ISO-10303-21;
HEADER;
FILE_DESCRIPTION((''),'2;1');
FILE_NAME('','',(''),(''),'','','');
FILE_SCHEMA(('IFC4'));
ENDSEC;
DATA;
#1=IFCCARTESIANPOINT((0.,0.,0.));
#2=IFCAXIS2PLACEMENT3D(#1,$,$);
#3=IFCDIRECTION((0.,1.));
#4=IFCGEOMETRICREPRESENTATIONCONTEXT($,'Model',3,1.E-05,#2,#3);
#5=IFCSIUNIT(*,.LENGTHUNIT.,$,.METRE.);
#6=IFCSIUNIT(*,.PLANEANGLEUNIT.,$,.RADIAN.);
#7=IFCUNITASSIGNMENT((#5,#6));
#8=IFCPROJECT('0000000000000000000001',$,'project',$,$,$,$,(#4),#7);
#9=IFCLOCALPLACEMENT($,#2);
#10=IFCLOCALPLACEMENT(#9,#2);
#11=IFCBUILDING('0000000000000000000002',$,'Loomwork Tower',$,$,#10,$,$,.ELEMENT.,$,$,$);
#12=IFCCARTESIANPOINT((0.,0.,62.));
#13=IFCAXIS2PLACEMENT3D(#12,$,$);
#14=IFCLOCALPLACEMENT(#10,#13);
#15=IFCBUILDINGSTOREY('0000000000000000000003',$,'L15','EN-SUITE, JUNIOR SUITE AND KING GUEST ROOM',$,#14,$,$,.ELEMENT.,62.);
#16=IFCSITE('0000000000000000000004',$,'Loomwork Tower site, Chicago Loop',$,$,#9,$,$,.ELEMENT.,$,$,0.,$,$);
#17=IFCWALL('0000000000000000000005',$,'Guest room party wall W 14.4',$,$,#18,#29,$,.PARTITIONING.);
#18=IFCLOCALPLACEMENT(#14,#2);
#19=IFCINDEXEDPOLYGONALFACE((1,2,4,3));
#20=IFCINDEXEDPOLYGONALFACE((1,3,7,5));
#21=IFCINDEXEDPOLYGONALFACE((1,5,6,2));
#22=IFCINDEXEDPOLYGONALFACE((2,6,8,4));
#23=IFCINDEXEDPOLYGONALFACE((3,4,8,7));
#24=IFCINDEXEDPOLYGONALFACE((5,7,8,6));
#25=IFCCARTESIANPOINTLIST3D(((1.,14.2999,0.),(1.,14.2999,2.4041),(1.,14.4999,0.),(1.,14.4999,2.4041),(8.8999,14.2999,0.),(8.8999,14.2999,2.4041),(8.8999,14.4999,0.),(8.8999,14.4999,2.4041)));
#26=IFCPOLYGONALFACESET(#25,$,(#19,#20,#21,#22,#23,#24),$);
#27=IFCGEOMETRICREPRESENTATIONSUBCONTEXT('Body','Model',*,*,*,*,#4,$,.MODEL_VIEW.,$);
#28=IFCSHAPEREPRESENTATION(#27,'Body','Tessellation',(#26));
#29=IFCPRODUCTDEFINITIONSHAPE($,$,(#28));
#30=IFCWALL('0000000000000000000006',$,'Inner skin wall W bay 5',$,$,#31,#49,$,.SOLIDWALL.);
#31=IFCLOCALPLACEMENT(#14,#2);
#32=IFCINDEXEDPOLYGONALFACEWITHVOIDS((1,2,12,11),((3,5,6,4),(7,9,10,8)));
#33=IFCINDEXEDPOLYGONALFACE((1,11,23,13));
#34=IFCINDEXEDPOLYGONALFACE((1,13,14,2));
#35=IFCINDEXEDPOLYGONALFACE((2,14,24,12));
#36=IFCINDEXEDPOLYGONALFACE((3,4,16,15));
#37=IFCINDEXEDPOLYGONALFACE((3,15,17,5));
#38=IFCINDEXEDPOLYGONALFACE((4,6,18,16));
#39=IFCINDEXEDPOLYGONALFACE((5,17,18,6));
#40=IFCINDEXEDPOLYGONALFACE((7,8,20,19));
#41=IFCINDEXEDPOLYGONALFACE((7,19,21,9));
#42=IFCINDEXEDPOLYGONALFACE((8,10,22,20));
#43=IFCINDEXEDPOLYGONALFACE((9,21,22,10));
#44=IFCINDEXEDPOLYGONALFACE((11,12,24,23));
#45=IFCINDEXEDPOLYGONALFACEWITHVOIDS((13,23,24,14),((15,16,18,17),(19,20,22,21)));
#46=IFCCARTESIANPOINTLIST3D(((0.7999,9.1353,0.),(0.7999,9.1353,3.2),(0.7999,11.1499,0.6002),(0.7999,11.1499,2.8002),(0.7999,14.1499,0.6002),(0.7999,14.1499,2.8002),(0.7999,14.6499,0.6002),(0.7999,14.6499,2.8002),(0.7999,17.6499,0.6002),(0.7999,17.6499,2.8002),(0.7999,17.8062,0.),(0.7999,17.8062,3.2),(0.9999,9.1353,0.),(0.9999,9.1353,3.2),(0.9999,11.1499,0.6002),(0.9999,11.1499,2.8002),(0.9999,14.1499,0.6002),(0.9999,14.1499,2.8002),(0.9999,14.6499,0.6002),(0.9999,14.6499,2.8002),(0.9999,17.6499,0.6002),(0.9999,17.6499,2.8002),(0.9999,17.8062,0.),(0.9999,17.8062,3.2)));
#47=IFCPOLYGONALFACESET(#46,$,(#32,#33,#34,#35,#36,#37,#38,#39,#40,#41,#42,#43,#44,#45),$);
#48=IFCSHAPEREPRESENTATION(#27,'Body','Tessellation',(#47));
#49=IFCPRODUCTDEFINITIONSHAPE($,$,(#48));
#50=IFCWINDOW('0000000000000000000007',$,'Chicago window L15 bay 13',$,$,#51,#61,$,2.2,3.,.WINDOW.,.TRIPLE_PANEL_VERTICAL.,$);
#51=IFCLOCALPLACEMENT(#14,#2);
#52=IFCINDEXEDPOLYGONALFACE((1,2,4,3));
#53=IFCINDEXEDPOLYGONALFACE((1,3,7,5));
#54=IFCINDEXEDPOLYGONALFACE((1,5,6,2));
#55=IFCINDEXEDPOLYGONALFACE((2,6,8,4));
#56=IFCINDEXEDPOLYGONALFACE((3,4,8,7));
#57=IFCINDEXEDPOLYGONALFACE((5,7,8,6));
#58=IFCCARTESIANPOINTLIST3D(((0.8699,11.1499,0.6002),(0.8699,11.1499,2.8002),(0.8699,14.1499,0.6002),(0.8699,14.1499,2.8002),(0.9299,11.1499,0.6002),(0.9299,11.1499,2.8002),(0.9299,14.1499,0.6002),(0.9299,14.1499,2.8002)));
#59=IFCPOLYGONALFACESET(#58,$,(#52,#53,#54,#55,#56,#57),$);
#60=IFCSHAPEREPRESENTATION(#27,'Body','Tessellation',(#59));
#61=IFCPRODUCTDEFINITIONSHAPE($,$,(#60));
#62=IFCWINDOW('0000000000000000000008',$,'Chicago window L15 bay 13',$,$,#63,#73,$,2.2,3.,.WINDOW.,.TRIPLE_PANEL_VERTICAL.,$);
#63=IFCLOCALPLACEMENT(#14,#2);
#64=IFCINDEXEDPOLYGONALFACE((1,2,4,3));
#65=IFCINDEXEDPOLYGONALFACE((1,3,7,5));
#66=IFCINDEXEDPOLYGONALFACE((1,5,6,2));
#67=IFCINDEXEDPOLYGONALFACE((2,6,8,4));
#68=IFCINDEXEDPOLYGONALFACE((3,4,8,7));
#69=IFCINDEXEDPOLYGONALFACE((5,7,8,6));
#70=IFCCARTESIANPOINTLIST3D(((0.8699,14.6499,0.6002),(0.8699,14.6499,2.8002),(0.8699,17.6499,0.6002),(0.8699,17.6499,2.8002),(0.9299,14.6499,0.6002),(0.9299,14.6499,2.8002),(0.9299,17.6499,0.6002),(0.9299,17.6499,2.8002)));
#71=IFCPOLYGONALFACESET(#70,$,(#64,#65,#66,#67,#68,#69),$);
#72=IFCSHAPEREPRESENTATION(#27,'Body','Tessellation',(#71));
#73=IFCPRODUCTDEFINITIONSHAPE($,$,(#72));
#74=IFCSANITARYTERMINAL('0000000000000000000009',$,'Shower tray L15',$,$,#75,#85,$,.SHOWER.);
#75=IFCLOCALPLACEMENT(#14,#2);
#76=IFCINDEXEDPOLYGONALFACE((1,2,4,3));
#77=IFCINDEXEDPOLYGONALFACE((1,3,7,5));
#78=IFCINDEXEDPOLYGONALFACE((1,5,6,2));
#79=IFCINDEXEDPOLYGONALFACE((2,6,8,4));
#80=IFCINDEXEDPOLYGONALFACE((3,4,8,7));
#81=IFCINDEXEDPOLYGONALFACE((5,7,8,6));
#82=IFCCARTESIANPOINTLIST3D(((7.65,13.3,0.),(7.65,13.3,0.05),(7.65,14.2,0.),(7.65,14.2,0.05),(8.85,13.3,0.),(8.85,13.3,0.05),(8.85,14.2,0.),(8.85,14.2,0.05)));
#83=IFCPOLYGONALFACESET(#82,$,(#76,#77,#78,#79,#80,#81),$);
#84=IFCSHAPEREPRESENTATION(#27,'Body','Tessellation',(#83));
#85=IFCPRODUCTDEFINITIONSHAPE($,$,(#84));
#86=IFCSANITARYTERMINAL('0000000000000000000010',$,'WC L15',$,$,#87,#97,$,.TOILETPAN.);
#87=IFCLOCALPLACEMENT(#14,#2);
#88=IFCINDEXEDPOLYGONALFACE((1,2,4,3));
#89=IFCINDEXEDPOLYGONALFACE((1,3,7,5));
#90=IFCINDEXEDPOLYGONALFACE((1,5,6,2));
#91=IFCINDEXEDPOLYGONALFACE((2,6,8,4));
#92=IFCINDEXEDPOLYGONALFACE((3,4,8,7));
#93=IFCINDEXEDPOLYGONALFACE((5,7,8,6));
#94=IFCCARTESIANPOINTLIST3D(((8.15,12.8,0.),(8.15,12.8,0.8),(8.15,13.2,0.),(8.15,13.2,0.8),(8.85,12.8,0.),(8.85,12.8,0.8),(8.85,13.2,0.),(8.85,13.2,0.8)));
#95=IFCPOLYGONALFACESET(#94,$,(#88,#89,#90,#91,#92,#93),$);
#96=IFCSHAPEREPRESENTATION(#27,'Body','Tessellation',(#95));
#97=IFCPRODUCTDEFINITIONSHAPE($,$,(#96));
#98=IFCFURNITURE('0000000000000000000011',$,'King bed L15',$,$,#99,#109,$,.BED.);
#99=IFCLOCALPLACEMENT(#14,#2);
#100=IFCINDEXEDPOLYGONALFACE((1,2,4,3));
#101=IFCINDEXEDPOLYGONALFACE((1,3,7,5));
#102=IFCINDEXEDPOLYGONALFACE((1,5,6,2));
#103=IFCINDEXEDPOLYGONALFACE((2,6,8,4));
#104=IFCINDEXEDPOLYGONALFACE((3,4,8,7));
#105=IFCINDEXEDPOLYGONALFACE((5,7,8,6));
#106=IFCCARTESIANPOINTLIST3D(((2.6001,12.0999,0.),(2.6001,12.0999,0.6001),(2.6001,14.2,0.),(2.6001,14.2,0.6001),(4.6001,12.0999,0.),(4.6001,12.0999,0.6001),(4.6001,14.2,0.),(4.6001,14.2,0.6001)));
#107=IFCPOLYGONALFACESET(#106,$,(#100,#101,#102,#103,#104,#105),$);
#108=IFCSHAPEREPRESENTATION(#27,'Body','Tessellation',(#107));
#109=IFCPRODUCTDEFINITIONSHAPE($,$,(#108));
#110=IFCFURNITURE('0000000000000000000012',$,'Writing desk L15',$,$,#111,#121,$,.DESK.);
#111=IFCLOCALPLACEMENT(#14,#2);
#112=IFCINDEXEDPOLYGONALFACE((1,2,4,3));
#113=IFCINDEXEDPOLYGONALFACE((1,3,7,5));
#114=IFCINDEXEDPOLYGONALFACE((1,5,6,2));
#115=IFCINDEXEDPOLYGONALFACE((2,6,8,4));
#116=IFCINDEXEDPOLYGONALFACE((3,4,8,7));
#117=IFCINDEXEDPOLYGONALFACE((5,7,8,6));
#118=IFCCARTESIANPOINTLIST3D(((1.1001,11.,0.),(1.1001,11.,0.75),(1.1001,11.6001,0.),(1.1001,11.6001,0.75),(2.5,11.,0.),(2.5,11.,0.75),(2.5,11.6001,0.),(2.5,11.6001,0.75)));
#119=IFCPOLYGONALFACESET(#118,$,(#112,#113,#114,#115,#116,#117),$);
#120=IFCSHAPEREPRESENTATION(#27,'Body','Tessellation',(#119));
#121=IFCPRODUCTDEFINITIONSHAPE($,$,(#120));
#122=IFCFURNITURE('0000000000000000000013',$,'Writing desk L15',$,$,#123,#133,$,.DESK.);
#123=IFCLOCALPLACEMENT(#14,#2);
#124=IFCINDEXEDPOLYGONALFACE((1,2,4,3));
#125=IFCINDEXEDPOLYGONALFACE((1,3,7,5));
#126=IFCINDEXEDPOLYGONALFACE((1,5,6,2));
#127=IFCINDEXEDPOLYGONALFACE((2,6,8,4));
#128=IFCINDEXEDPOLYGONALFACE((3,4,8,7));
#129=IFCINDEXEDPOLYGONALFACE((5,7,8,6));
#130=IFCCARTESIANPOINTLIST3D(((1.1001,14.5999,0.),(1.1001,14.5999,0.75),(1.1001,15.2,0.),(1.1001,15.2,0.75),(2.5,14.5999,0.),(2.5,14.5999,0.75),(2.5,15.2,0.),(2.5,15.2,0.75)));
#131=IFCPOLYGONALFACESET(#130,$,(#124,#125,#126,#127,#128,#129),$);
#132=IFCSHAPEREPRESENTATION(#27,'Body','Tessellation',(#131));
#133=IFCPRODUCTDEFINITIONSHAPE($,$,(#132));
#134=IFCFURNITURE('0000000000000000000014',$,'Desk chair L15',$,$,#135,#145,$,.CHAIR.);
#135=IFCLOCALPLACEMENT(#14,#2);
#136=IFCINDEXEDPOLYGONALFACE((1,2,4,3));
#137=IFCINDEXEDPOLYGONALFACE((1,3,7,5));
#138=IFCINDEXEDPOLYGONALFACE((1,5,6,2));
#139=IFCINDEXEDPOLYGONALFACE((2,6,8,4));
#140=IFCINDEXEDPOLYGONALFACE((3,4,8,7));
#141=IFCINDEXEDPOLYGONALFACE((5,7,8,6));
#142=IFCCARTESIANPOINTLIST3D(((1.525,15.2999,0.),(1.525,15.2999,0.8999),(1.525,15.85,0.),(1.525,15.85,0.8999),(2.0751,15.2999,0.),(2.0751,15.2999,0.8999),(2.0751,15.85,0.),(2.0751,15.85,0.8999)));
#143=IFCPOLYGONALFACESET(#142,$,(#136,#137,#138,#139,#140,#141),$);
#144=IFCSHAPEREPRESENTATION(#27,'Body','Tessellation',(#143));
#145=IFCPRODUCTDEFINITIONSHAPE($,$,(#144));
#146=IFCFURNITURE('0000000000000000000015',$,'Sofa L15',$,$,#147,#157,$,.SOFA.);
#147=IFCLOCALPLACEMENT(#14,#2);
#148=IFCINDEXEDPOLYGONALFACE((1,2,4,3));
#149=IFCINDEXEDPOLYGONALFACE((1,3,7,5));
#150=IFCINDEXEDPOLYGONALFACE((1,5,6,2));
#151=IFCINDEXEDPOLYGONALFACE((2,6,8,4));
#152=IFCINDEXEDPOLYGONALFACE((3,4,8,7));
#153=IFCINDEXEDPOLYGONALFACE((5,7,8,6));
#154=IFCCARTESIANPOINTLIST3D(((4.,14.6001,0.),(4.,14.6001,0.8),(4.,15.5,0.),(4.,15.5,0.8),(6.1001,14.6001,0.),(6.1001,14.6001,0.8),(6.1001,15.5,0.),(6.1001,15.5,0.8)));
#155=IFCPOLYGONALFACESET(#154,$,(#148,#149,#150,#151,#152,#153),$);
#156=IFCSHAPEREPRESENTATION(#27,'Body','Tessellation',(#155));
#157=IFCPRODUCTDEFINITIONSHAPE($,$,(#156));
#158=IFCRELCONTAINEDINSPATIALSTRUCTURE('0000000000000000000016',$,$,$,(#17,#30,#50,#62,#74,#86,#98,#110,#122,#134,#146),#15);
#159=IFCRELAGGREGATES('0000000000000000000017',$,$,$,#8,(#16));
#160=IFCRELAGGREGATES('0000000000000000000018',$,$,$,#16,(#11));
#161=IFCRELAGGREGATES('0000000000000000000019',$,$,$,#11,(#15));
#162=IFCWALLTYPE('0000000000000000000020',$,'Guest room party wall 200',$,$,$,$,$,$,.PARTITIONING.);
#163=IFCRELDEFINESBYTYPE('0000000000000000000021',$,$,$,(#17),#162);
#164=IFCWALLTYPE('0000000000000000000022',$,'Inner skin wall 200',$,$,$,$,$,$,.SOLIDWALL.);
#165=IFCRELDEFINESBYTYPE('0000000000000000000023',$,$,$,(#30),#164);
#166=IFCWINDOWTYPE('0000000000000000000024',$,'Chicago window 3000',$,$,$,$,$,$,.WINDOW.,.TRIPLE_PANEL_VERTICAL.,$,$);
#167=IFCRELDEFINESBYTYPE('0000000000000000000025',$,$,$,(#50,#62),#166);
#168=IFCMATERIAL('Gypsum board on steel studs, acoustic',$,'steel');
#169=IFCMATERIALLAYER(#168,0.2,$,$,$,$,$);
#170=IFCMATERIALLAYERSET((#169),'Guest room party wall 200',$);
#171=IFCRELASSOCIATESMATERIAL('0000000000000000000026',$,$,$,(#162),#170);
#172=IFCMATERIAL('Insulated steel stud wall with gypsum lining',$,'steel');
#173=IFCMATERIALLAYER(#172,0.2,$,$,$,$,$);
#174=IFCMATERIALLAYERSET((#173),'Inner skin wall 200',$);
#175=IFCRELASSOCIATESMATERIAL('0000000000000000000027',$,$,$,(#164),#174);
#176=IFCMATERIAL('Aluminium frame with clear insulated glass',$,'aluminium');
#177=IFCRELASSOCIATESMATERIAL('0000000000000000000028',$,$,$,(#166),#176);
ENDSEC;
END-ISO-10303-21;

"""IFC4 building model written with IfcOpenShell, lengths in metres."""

from ifc_helpers import new_model, si_unit, direction, frame, frame_2d, origin, origin_2d, place, context, subcontext, project, spatial, rectangle, extrude, material, layer, layer_set, type_object, element, fill, save


model = new_model("IFC4")

# Units and contexts
model_context = context("Model", 3, precision=1e-05, world=origin(), true_north=direction((0.0, 1.0)))
body_context = subcontext(model_context, "Body", "Model", "MODEL_VIEW")
ifc_project = project(units=[si_unit("LENGTHUNIT", "METRE"), si_unit("PLANEANGLEUNIT", "RADIAN")], contexts=[model_context])

# Site, building, storey
site_placement = place(None, origin())
site = spatial("IfcSite", under=ifc_project, at=site_placement, Name="Loomwork Tower site, Chicago Loop", CompositionType="ELEMENT", RefElevation=0.0)
building_placement = place(site_placement, origin())
building = spatial("IfcBuilding", under=site, at=building_placement, Name="Loomwork Tower", CompositionType="ELEMENT")
storey_placement = place(building_placement, frame((0.0, 0.0, 62.0)))
storey = spatial("IfcBuildingStorey", under=building, at=storey_placement, Name="L15", Description="EN-SUITE, JUNIOR SUITE AND KING GUEST ROOM", CompositionType="ELEMENT", Elevation=62.0)

# Wall
ifc_material_1 = material(Name="Gypsum board on steel studs, acoustic", Category="steel")
ifc_layer_1 = layer(ifc_material_1, 0.2)
ifc_layer_set_1 = layer_set([ifc_layer_1], Name="Guest room party wall 200")
wall_type_1 = type_object("IfcWallType", Name="Guest room party wall 200", PredefinedType="PARTITIONING", material=ifc_layer_set_1)
wall_1_placement = place(storey_placement, frame((8.8999, 14.3999, 0.0), z_axis=(0.0, 0.0, 1.0), x_axis=(-1.0, 0.0, 0.0)))
element("IfcWall", 1, at=wall_1_placement, inside=storey, type_object=wall_type_1, Name="Guest room party wall W 14.4", PredefinedType="PARTITIONING", context=body_context, shape_type="SweptSolid", body=[
    extrude(rectangle(XDim=7.8999, YDim=0.2, at=frame_2d((3.95, 0.0))), origin(), (0.0, 0.0, 1.0), 2.4041),
])

# Wall, openings, windows
ifc_material_2 = material(Name="Insulated steel stud wall with gypsum lining", Category="steel")
ifc_layer_2 = layer(ifc_material_2, 0.2)
ifc_layer_set_2 = layer_set([ifc_layer_2], Name="Inner skin wall 200")
wall_type_2 = type_object("IfcWallType", Name="Inner skin wall 200", PredefinedType="SOLIDWALL", material=ifc_layer_set_2)
wall_2_placement = place(storey_placement, frame((0.8999, 9.1353, 0.0), z_axis=(0.0, 0.0, 1.0), x_axis=(0.0, 1.0, 0.0)))
wall_2 = element("IfcWall", 2, at=wall_2_placement, inside=storey, type_object=wall_type_2, Name="Inner skin wall W bay 5", PredefinedType="SOLIDWALL", context=body_context, shape_type="SweptSolid", body=[
    extrude(rectangle(XDim=8.6709, YDim=0.2, at=frame_2d((4.3354, 0.0))), origin(), (0.0, 0.0, 1.0), 3.2),
])
opening_1_placement = place(wall_2_placement, frame((2.0146, 0.0, 0.6001)))
opening_1 = element("IfcOpeningElement", 3, at=opening_1_placement, cuts=wall_2, PredefinedType="OPENING", context=body_context, shape_type="SweptSolid", body=[
    extrude(rectangle(XDim=3.0, YDim=2.2, at=frame_2d((1.5, 1.1001))), frame((0.0, 0.1099, 0.0), z_axis=(0.0, -1.0, 0.0), x_axis=(1.0, 0.0, 0.0)), (0.0, 0.0, 1.0), 0.22),
])
opening_2_placement = place(wall_2_placement, frame((5.5146, 0.0, 0.6001)))
opening_2 = element("IfcOpeningElement", 4, at=opening_2_placement, cuts=wall_2, PredefinedType="OPENING", context=body_context, shape_type="SweptSolid", body=[
    extrude(rectangle(XDim=3.0, YDim=2.2, at=frame_2d((1.5, 1.1001))), frame((0.0, 0.1099, 0.0), z_axis=(0.0, -1.0, 0.0), x_axis=(1.0, 0.0, 0.0)), (0.0, 0.0, 1.0), 0.22),
])
ifc_material_3 = material(Name="Aluminium frame with clear insulated glass", Category="aluminium")
window_type = type_object("IfcWindowType", Name="Chicago window 3000", PartitioningType="TRIPLE_PANEL_VERTICAL", PredefinedType="WINDOW", material=ifc_material_3)
window_1_placement = place(opening_1_placement, origin())
window_1 = element("IfcWindow", 5, at=window_1_placement, inside=storey, type_object=window_type, Name="Chicago window L15 bay 13", OverallHeight=2.2, OverallWidth=3.0, PartitioningType="TRIPLE_PANEL_VERTICAL", PredefinedType="WINDOW", context=body_context, shape_type="SweptSolid", body=[
    extrude(rectangle(XDim=3.0, YDim=2.2, at=frame_2d((1.5, 1.1001))), frame((0.0, 0.03, 0.0), z_axis=(0.0, -1.0, 0.0), x_axis=(1.0, 0.0, 0.0)), (0.0, 0.0, 1.0), 0.0601),
])
fill(opening_1, window_1)
window_2_placement = place(opening_2_placement, origin())
window_2 = element("IfcWindow", 6, at=window_2_placement, inside=storey, type_object=window_type, Name="Chicago window L15 bay 13", OverallHeight=2.2, OverallWidth=3.0, PartitioningType="TRIPLE_PANEL_VERTICAL", PredefinedType="WINDOW", context=body_context, shape_type="SweptSolid", body=[
    extrude(rectangle(XDim=3.0, YDim=2.2, at=frame_2d((1.5, 1.1001))), frame((0.0, 0.03, 0.0), z_axis=(0.0, -1.0, 0.0), x_axis=(1.0, 0.0, 0.0)), (0.0, 0.0, 1.0), 0.0601),
])
fill(opening_2, window_2)

# Sanitary terminals
sanitary_terminal_1_placement = place(storey_placement, frame((8.25, 13.75, 0.0), z_axis=(0.0, 0.0, 1.0), x_axis=(1.0, 0.0, 0.0)))
element("IfcSanitaryTerminal", 7, at=sanitary_terminal_1_placement, inside=storey, Name="Shower tray L15", PredefinedType="SHOWER", context=body_context, shape_type="SweptSolid", body=[
    extrude(rectangle(XDim=1.2, YDim=0.8999, at=origin_2d()), origin(), (0.0, 0.0, 1.0), 0.05),
])
sanitary_terminal_2_placement = place(storey_placement, frame((8.5, 13.0, 0.0), z_axis=(0.0, 0.0, 1.0), x_axis=(1.0, 0.0, 0.0)))
element("IfcSanitaryTerminal", 8, at=sanitary_terminal_2_placement, inside=storey, Name="WC L15", PredefinedType="TOILETPAN", context=body_context, shape_type="SweptSolid", body=[
    extrude(rectangle(XDim=0.7, YDim=0.3999, at=origin_2d()), origin(), (0.0, 0.0, 1.0), 0.8),
])

# Furniture
furniture_1_placement = place(storey_placement, frame((3.6001, 13.1499, 0.0), z_axis=(0.0, 0.0, 1.0), x_axis=(1.0, 0.0, 0.0)))
element("IfcFurniture", 9, at=furniture_1_placement, inside=storey, Name="King bed L15", PredefinedType="BED", context=body_context, shape_type="SweptSolid", body=[
    extrude(rectangle(XDim=2.0, YDim=2.1001, at=origin_2d()), origin(), (0.0, 0.0, 1.0), 0.6001),
])
for number, where, z_axis, x_axis, name in (
    (10, (1.8, 11.3, 0.0), (0.0, 0.0, 1.0), (1.0, 0.0, 0.0), "Writing desk L15"),
    (11, (1.8, 14.8999, 0.0), (0.0, 0.0, 1.0), (1.0, 0.0, 0.0), "Writing desk L15"),
):
    element("IfcFurniture", number, at=place(storey_placement, frame(where, z_axis=z_axis, x_axis=x_axis)), inside=storey, Name=name, PredefinedType="DESK", context=body_context, shape_type="SweptSolid", body=[
        extrude(rectangle(XDim=1.3999, YDim=0.6001, at=origin_2d()), origin(), (0.0, 0.0, 1.0), 0.75),
    ])
furniture_2_placement = place(storey_placement, frame((1.8, 15.575, 0.0), z_axis=(0.0, 0.0, 1.0), x_axis=(1.0, 0.0, 0.0)))
element("IfcFurniture", 12, at=furniture_2_placement, inside=storey, Name="Desk chair L15", PredefinedType="CHAIR", context=body_context, shape_type="SweptSolid", body=[
    extrude(rectangle(XDim=0.55, YDim=0.55, at=origin_2d()), origin(), (0.0, 0.0, 1.0), 0.8999),
])
furniture_3_placement = place(storey_placement, frame((5.05, 15.05, 0.0), z_axis=(0.0, 0.0, 1.0), x_axis=(1.0, 0.0, 0.0)))
element("IfcFurniture", 13, at=furniture_3_placement, inside=storey, Name="Sofa L15", PredefinedType="SOFA", context=body_context, shape_type="SweptSolid", body=[
    extrude(rectangle(XDim=2.1001, YDim=0.8999, at=origin_2d()), origin(), (0.0, 0.0, 1.0), 0.8),
])

save(model, "model.ifc")
